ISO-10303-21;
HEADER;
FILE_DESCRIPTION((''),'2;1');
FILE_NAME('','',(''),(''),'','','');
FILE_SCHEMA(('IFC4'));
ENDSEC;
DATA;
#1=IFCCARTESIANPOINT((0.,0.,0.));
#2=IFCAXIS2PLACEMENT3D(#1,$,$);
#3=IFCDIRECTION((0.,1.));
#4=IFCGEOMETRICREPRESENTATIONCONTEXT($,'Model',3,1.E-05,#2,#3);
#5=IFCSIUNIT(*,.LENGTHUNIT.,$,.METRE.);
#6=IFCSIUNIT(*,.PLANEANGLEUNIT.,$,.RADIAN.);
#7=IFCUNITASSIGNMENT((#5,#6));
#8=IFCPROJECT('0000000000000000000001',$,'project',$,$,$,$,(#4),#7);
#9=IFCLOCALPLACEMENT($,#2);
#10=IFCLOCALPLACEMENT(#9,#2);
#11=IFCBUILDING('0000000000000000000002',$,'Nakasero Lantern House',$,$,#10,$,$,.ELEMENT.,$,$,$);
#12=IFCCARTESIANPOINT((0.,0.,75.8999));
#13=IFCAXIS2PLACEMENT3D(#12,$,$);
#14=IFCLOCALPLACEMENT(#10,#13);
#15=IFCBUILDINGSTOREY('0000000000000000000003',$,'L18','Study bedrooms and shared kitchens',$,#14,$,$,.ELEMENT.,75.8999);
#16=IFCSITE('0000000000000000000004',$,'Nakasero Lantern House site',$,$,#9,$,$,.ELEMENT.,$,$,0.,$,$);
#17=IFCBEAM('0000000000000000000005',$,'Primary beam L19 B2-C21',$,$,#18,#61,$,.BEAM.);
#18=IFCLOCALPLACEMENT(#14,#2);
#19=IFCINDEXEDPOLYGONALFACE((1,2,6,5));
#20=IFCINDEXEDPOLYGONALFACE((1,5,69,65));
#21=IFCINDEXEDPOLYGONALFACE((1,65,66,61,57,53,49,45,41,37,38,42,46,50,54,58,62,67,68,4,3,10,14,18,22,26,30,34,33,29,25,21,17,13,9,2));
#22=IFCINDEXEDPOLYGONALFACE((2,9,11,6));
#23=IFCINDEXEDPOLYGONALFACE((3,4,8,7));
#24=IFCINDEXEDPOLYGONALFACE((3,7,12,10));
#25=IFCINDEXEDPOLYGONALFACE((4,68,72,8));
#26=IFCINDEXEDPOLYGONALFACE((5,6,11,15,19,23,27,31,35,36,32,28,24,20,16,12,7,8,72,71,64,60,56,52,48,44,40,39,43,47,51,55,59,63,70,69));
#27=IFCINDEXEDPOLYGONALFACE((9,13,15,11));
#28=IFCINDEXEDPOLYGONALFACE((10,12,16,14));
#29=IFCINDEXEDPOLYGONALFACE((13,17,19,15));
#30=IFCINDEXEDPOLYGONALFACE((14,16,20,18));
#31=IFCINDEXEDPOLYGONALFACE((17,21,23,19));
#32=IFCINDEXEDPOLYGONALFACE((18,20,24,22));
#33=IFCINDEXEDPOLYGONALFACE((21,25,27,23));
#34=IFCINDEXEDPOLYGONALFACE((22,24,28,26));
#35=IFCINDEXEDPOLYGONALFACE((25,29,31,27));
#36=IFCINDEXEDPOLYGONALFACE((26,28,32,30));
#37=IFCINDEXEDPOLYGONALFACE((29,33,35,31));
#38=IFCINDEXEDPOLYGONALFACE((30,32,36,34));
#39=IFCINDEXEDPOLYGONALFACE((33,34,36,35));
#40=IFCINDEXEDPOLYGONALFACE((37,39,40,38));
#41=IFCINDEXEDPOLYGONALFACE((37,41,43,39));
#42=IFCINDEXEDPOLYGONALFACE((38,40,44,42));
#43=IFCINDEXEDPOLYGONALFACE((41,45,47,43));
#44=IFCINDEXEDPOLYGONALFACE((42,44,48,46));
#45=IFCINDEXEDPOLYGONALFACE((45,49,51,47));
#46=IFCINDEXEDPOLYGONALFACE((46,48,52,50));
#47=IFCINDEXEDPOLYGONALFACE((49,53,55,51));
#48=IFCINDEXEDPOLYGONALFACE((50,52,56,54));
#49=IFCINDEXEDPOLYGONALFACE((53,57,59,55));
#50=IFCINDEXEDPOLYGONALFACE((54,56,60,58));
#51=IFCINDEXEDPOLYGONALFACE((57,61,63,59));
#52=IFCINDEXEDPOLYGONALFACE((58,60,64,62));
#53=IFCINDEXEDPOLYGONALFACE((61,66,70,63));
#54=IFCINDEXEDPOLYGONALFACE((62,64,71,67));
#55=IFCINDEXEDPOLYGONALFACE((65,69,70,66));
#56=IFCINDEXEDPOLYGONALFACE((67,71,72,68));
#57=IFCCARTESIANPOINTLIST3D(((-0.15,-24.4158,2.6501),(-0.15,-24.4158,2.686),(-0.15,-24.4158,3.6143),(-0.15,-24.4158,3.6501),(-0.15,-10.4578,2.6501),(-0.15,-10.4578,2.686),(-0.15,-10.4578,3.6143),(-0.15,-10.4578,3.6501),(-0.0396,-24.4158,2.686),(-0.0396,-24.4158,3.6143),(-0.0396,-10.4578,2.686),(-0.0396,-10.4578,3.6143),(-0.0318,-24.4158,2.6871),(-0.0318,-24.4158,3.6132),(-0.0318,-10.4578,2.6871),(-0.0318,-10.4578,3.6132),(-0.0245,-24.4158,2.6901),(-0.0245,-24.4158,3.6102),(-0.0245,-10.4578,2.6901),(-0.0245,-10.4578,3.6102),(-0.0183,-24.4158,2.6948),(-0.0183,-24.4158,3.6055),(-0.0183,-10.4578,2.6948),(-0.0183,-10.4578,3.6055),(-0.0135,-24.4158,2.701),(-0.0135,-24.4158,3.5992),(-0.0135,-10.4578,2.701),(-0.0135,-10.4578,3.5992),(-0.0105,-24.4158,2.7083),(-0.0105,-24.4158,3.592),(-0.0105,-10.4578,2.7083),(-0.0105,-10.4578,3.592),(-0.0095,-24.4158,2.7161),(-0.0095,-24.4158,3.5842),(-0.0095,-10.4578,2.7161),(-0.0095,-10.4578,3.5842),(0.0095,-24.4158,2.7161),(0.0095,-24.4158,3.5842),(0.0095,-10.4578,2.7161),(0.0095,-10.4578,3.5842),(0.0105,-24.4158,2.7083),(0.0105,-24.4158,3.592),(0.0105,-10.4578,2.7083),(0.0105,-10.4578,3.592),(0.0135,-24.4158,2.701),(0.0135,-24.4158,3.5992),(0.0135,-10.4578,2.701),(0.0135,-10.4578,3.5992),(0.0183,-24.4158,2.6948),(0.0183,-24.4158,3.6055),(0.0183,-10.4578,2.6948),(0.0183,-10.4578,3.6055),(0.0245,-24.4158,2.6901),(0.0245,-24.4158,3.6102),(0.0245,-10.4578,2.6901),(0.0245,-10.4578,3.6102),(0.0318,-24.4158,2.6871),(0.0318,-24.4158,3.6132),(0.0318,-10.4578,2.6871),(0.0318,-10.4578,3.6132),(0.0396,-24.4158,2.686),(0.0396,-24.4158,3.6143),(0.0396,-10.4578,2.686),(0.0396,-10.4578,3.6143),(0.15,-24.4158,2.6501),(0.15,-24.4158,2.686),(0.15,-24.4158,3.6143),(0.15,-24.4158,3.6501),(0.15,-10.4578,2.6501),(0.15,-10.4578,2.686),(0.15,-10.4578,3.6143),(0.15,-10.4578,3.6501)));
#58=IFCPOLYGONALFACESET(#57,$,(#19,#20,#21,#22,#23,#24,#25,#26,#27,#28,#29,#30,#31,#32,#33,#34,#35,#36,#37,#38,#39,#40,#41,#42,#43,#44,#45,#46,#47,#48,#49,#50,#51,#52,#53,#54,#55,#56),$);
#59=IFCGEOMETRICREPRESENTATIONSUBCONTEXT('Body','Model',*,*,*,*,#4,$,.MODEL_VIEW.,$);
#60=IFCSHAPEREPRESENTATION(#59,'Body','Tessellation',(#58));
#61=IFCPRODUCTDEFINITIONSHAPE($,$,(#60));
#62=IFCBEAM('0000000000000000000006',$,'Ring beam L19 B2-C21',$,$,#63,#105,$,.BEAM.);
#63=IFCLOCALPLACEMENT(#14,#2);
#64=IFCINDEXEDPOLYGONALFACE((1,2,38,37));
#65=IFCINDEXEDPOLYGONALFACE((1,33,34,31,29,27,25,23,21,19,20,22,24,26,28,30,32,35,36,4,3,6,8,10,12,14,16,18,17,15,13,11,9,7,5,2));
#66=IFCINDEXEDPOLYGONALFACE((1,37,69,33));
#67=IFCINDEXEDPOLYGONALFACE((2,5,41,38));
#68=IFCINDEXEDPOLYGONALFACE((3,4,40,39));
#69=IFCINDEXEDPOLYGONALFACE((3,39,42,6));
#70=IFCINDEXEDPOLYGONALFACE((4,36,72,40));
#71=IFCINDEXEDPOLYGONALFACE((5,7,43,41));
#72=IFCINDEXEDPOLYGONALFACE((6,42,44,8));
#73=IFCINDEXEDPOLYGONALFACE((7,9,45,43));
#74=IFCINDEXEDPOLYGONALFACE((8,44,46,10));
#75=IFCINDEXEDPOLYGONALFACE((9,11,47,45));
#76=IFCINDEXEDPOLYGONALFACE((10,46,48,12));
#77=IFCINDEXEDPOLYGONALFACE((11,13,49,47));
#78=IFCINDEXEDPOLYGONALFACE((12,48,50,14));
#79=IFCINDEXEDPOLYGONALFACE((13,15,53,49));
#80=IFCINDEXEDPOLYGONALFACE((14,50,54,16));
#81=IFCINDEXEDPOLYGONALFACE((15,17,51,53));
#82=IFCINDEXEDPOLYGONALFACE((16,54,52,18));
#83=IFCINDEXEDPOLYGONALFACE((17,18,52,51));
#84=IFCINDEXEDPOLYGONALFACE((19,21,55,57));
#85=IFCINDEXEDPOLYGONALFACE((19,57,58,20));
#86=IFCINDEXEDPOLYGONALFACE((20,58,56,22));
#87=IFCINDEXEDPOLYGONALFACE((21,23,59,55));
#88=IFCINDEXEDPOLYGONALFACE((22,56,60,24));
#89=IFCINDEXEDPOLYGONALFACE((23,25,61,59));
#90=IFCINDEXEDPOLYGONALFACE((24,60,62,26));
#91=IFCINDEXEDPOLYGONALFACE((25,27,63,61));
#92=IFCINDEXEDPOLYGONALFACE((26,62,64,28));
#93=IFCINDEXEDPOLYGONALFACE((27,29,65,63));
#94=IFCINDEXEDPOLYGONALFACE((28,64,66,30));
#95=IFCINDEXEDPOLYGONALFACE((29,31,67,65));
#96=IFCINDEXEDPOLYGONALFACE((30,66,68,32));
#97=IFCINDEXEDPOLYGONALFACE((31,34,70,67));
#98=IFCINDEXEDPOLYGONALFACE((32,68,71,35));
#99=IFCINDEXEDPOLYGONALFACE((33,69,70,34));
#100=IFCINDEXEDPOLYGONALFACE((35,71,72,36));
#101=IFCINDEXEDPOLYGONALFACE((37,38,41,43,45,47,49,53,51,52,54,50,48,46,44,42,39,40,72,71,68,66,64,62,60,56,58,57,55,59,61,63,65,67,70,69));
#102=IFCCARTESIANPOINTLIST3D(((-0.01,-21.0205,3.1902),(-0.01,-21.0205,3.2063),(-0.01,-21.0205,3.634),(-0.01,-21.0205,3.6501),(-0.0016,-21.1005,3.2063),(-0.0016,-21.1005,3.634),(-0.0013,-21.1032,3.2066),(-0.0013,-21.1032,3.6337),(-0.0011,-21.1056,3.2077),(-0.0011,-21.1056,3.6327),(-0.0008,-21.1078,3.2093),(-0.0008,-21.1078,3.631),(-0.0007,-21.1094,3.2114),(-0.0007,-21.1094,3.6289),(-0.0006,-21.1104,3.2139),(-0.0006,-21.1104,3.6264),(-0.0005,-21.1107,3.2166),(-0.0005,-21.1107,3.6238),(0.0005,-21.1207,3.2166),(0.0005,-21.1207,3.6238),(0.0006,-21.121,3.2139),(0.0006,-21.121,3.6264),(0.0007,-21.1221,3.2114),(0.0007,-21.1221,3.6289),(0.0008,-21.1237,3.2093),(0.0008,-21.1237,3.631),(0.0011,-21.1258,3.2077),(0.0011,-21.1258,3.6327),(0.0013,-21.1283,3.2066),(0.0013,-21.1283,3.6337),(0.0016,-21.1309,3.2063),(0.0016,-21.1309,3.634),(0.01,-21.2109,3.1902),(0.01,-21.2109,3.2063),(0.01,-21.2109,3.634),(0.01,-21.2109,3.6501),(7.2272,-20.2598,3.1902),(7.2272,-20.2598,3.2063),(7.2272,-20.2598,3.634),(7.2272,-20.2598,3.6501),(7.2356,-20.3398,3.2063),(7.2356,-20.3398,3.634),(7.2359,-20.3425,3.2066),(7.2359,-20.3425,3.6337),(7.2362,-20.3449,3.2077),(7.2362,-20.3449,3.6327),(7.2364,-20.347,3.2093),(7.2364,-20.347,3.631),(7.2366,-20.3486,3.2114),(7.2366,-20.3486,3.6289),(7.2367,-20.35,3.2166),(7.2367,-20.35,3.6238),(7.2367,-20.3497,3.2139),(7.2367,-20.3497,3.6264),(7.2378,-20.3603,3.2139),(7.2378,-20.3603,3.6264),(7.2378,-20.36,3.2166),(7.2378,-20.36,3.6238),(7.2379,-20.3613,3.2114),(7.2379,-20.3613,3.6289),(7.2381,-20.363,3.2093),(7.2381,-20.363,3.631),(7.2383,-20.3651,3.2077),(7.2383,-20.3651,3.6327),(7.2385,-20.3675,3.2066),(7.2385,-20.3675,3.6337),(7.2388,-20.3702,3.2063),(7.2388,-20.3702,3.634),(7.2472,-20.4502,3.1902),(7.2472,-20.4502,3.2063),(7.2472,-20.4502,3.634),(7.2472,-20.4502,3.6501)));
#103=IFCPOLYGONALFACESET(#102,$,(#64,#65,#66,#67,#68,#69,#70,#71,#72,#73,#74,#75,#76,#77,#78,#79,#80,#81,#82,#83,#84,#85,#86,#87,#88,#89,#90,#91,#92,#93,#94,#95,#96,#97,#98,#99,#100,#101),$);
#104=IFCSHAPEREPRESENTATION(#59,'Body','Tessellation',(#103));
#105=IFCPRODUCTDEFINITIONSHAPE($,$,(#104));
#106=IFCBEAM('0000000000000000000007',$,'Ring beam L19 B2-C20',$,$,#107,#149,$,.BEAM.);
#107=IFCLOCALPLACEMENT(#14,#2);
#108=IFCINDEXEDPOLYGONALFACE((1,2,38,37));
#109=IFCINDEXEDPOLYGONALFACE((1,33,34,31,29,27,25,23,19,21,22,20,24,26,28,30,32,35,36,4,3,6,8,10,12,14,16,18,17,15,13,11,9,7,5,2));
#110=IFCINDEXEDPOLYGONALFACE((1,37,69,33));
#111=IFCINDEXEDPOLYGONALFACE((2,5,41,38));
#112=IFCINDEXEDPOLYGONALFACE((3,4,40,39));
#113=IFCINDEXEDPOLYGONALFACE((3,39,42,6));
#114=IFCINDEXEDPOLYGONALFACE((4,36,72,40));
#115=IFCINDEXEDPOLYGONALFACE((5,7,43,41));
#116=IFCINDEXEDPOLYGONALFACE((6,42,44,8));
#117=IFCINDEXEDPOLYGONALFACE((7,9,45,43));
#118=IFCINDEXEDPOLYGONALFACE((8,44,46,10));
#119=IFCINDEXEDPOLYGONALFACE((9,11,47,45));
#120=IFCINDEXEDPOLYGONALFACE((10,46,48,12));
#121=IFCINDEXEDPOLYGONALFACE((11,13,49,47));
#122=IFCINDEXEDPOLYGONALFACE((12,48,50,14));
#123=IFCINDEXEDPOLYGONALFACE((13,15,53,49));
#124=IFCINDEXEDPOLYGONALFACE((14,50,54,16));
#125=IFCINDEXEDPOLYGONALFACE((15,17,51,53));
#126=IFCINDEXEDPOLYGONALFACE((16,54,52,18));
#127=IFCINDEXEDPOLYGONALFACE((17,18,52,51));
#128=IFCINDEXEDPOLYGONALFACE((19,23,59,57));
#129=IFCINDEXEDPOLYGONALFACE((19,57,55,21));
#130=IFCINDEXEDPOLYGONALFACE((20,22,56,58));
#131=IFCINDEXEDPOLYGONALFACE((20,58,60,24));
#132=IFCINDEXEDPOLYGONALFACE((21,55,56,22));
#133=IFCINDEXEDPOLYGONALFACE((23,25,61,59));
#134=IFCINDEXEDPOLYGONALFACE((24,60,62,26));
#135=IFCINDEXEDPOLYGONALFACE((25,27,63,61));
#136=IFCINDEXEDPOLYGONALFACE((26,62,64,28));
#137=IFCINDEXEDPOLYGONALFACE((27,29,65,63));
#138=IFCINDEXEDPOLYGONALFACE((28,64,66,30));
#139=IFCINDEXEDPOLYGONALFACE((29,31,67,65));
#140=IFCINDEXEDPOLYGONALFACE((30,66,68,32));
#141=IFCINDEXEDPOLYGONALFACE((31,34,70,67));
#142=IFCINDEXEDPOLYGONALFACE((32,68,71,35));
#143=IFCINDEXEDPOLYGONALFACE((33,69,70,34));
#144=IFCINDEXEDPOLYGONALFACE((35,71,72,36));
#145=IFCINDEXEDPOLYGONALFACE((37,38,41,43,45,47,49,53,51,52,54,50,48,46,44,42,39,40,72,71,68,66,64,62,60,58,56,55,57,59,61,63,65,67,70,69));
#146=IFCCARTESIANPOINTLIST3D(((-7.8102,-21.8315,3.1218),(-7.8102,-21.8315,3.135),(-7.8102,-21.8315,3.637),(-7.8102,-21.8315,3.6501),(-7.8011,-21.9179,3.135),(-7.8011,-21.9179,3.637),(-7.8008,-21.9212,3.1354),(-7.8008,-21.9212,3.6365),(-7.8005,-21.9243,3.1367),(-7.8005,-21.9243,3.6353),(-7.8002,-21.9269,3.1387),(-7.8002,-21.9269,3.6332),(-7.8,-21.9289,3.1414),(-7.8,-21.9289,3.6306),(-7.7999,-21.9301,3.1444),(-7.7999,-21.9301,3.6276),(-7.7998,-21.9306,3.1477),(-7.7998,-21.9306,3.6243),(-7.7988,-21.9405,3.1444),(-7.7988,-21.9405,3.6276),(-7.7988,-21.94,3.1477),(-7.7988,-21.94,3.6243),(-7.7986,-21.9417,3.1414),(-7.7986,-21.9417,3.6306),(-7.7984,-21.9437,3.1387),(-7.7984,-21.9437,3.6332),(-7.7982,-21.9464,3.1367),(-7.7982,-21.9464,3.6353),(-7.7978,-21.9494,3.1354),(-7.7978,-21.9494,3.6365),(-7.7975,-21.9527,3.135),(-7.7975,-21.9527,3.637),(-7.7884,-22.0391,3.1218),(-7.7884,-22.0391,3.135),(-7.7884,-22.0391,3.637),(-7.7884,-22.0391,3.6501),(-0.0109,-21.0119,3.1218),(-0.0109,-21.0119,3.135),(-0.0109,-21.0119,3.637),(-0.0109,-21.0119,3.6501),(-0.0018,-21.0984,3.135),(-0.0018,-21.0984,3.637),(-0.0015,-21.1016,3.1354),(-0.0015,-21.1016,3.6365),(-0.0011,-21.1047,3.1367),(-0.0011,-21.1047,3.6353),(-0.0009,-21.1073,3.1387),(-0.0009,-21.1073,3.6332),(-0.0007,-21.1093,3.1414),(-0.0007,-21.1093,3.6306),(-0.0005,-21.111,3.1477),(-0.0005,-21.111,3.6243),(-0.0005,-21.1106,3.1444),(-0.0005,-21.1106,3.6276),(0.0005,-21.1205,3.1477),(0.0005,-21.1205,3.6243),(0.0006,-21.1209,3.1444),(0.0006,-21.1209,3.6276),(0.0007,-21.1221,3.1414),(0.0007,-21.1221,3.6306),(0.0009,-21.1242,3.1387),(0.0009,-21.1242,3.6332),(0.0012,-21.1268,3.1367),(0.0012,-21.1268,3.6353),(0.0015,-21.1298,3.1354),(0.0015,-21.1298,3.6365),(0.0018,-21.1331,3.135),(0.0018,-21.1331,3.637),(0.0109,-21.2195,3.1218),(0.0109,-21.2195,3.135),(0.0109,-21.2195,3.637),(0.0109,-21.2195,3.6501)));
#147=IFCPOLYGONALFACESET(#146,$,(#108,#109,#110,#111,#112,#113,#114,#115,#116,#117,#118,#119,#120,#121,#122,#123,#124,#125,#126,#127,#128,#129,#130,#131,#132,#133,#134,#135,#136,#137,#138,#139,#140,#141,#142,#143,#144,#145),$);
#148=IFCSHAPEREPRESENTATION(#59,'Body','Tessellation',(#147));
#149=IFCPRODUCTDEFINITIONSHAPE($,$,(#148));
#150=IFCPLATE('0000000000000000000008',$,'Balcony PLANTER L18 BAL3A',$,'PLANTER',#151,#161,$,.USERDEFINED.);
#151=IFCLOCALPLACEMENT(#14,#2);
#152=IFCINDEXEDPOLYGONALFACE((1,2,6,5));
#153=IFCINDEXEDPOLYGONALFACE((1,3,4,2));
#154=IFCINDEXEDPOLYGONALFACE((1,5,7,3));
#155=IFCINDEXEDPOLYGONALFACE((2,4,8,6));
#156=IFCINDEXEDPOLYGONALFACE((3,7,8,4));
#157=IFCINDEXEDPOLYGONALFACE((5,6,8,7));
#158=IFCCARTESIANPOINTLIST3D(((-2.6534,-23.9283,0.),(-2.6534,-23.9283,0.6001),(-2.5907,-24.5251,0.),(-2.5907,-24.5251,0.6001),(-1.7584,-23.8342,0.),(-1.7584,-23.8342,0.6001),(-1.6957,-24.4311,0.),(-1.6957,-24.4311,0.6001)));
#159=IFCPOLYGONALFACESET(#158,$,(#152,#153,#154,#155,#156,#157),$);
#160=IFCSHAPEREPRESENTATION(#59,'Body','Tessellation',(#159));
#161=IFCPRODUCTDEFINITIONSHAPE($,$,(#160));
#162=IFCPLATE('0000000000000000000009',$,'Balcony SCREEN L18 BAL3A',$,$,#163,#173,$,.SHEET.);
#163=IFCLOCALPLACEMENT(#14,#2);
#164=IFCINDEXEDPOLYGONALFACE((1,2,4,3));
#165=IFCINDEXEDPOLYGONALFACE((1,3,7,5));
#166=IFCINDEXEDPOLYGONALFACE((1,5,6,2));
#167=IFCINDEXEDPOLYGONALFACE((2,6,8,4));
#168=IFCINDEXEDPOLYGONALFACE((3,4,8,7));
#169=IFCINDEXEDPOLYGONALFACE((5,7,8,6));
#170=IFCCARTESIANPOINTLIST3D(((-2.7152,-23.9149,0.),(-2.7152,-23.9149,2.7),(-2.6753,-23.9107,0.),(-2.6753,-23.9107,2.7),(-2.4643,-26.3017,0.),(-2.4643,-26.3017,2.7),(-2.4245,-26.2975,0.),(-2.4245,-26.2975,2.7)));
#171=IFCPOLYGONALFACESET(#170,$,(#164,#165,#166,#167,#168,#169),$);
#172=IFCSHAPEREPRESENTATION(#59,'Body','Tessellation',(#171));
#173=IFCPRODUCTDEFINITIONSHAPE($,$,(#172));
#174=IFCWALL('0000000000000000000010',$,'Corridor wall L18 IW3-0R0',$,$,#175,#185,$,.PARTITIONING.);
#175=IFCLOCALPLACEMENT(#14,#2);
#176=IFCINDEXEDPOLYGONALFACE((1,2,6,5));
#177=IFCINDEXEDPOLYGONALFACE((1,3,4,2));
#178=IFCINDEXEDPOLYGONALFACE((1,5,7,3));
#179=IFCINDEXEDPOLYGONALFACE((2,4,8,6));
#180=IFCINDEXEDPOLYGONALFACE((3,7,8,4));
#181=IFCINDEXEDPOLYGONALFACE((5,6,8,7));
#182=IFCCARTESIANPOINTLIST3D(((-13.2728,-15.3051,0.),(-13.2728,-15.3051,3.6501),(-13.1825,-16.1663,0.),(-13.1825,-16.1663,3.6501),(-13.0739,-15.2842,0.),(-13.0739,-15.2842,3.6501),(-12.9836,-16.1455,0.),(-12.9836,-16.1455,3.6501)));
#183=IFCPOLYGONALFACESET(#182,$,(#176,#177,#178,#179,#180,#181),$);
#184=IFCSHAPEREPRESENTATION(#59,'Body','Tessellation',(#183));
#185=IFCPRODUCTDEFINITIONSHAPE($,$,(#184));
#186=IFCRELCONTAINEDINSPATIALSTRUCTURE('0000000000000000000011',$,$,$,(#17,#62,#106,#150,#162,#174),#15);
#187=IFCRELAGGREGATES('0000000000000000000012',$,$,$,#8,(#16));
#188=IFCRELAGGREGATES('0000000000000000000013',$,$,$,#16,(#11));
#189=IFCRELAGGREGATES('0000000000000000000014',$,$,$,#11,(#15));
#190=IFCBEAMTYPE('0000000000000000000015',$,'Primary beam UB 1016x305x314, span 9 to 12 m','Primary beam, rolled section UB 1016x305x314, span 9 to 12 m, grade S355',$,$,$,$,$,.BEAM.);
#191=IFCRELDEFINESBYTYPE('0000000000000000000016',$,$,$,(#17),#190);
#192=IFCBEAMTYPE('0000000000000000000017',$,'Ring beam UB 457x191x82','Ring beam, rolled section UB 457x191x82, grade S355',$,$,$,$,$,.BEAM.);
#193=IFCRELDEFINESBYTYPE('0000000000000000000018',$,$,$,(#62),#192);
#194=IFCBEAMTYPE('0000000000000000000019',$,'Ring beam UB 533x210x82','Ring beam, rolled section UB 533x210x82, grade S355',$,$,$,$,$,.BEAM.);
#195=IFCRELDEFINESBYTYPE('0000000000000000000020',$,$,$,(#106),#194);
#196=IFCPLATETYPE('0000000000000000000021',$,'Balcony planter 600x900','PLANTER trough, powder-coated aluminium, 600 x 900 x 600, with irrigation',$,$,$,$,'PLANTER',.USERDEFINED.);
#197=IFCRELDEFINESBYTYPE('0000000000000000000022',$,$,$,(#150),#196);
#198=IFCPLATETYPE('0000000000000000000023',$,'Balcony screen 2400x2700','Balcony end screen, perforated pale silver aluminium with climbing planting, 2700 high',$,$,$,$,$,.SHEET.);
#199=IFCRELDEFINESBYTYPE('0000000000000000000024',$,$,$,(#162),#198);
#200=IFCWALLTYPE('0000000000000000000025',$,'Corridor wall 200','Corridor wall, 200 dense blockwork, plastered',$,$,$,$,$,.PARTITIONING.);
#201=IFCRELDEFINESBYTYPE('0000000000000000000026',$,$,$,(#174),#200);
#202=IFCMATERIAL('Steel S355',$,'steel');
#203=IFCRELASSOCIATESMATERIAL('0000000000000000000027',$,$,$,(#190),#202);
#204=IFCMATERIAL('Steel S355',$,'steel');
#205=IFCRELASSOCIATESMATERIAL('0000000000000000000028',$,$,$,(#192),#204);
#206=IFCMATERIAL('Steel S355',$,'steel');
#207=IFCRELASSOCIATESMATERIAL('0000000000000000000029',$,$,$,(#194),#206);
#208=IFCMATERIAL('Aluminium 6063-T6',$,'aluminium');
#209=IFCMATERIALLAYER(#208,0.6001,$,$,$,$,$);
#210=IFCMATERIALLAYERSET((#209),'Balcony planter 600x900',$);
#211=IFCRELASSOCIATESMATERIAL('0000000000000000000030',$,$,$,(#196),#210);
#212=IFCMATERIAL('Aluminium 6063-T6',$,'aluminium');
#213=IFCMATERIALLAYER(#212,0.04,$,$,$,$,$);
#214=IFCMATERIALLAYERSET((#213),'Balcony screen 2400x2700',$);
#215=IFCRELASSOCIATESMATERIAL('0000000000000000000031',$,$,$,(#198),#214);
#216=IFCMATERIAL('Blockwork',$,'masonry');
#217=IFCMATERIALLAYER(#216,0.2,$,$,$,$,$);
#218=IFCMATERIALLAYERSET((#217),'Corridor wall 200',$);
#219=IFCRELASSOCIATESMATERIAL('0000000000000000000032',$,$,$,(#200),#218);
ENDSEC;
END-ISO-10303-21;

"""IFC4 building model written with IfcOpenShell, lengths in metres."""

from ifc_helpers import new_model, si_unit, direction, frame, frame_2d, origin, origin_2d, place, context, subcontext, project, spatial, rectangle, i_section, extrude, material, layer, layer_set, material_profile, profile_set, type_object, element, save


model = new_model("IFC4")

# Units and contexts
model_context = context("Model", 3, precision=1e-05, world=origin(), true_north=direction((0.0, 1.0)))
body_context = subcontext(model_context, "Body", "Model", "MODEL_VIEW")
ifc_project = project(units=[si_unit("LENGTHUNIT", "METRE"), si_unit("PLANEANGLEUNIT", "RADIAN")], contexts=[model_context])

# Site, building, storey
site_placement = place(None, origin())
site = spatial("IfcSite", under=ifc_project, at=site_placement, Name="Nakasero Lantern House site", CompositionType="ELEMENT", RefElevation=0.0)
building_placement = place(site_placement, origin())
building = spatial("IfcBuilding", under=site, at=building_placement, Name="Nakasero Lantern House", CompositionType="ELEMENT")
storey_placement = place(building_placement, frame((0.0, 0.0, 75.8999)))
storey = spatial("IfcBuildingStorey", under=building, at=storey_placement, Name="L18", Description="Study bedrooms and shared kitchens", CompositionType="ELEMENT", Elevation=75.8999)

# Beams
ifc_material_1 = material(Name="Steel S355", Category="steel")
ifc_material_profile_1 = material_profile(ifc_material_1, i_section(OverallWidth=0.3, OverallDepth=1.0, WebThickness=0.019, FlangeThickness=0.0359, FilletRadius=0.03, at=origin_2d()), Name="UB 1016x305x314")
ifc_profile_set_1 = profile_set([ifc_material_profile_1], Name="Steel S355")
beam_type_1 = type_object("IfcBeamType", Name="Primary beam UB 1016x305x314, span 9 to 12 m", Description="Primary beam, rolled section UB 1016x305x314, span 9 to 12 m, grade S355", PredefinedType="BEAM", material=ifc_profile_set_1)
beam_1_placement = place(storey_placement, frame((0.0, -24.4158, 3.1501), z_axis=(0.0, 1.0, 0.0), x_axis=(-1.0, 0.0, 0.0)))
element("IfcBeam", 1, at=beam_1_placement, inside=storey, type_object=beam_type_1, Name="Primary beam L19 B2-C21", PredefinedType="BEAM", context=body_context, shape_type="SweptSolid", body=[
    extrude(i_section(OverallWidth=0.3, OverallDepth=1.0, WebThickness=0.019, FlangeThickness=0.0359, FilletRadius=0.03, at=origin_2d()), origin(), (0.0, 0.0, 1.0), 13.958),
])
ifc_material_2 = material(Name="Steel S355", Category="steel")
ifc_material_profile_2 = material_profile(ifc_material_2, i_section(OverallWidth=0.1914, OverallDepth=0.46, WebThickness=0.01, FlangeThickness=0.0161, FilletRadius=0.0103, at=origin_2d()), Name="UB 457x191x82")
ifc_profile_set_2 = profile_set([ifc_material_profile_2], Name="Steel S355")
beam_type_2 = type_object("IfcBeamType", Name="Ring beam UB 457x191x82", Description="Ring beam, rolled section UB 457x191x82, grade S355", PredefinedType="BEAM", material=ifc_profile_set_2)
beam_2_placement = place(storey_placement, frame((0.0, -21.1157, 3.4202), z_axis=(0.994521, 0.104538, 0.0), x_axis=(-0.104538, 0.994521, 0.0)))
element("IfcBeam", 2, at=beam_2_placement, inside=storey, type_object=beam_type_2, Name="Ring beam L19 B2-C21", PredefinedType="BEAM", context=body_context, shape_type="SweptSolid", body=[
    extrude(i_section(OverallWidth=0.1914, OverallDepth=0.46, WebThickness=0.01, FlangeThickness=0.0161, FilletRadius=0.0103, at=origin_2d()), origin(), (0.0, 0.0, 1.0), 7.2771),
])
ifc_material_3 = material(Name="Steel S355", Category="steel")
ifc_material_profile_3 = material_profile(ifc_material_3, i_section(OverallWidth=0.2087, OverallDepth=0.5283, WebThickness=0.0095, FlangeThickness=0.0132, FilletRadius=0.0127, at=origin_2d()), Name="UB 533x210x82")
ifc_profile_set_3 = profile_set([ifc_material_profile_3], Name="Steel S355")
beam_type_3 = type_object("IfcBeamType", Name="Ring beam UB 533x210x82", Description="Ring beam, rolled section UB 533x210x82, grade S355", PredefinedType="BEAM", material=ifc_profile_set_3)
beam_3_placement = place(storey_placement, frame((-7.7993, -21.9353, 3.386), z_axis=(0.994524, 0.104508, 0.0), x_axis=(-0.104508, 0.994524, 0.0)))
element("IfcBeam", 3, at=beam_3_placement, inside=storey, type_object=beam_type_3, Name="Ring beam L19 B2-C20", PredefinedType="BEAM", context=body_context, shape_type="SweptSolid", body=[
    extrude(i_section(OverallWidth=0.2087, OverallDepth=0.5283, WebThickness=0.0095, FlangeThickness=0.0132, FilletRadius=0.0127, at=origin_2d()), origin(), (0.0, 0.0, 1.0), 7.8423),
])

# Plates
ifc_material_4 = material(Name="Aluminium 6063-T6", Category="aluminium")
ifc_layer_1 = layer(ifc_material_4, 0.6001)
ifc_layer_set_1 = layer_set([ifc_layer_1], Name="Balcony planter 600x900")
plate_type_1 = type_object("IfcPlateType", Name="Balcony planter 600x900", Description="PLANTER trough, powder-coated aluminium, 600 x 900 x 600, with irrigation", ElementType="PLANTER", PredefinedType="USERDEFINED", material=ifc_layer_set_1)
plate_1_placement = place(storey_placement, frame((-2.1746, -24.1797, 0.0), z_axis=(0.0, 0.0, 1.0), x_axis=(0.104528, -0.994522, 0.0)))
element("IfcPlate", 4, at=plate_1_placement, inside=storey, type_object=plate_type_1, Name="Balcony PLANTER L18 BAL3A", ObjectType="PLANTER", PredefinedType="USERDEFINED", context=body_context, shape_type="SweptSolid", body=[
    extrude(rectangle(XDim=0.6001, YDim=0.8999, at=origin_2d()), origin(), (0.0, 0.0, 1.0), 0.6001),
])
ifc_material_5 = material(Name="Aluminium 6063-T6", Category="aluminium")
ifc_layer_2 = layer(ifc_material_5, 0.04)
ifc_layer_set_2 = layer_set([ifc_layer_2], Name="Balcony screen 2400x2700")
plate_type_2 = type_object("IfcPlateType", Name="Balcony screen 2400x2700", Description="Balcony end screen, perforated pale silver aluminium with climbing planting, 2700 high", PredefinedType="SHEET", material=ifc_layer_set_2)
plate_2_placement = place(storey_placement, frame((-2.5698, -25.1062, 0.0), z_axis=(0.0, 0.0, 1.0), x_axis=(0.104528, -0.994522, 0.0)))
element("IfcPlate", 5, at=plate_2_placement, inside=storey, type_object=plate_type_2, Name="Balcony SCREEN L18 BAL3A", PredefinedType="SHEET", context=body_context, shape_type="SweptSolid", body=[
    extrude(rectangle(XDim=2.3999, YDim=0.04, at=origin_2d()), origin(), (0.0, 0.0, 1.0), 2.7),
])

# Wall
ifc_material_6 = material(Name="Blockwork", Category="masonry")
ifc_layer_3 = layer(ifc_material_6, 0.2)
ifc_layer_set_3 = layer_set([ifc_layer_3], Name="Corridor wall 200")
wall_type_1 = type_object("IfcWallType", Name="Corridor wall 200", Description="Corridor wall, 200 dense blockwork, plastered", PredefinedType="PARTITIONING", material=ifc_layer_set_3)
wall_1_placement = place(storey_placement, frame((-13.083, -16.156, 0.0), z_axis=(0.0, 0.0, 1.0), x_axis=(-0.104303, 0.994546, 0.0)))
element("IfcWall", 6, at=wall_1_placement, inside=storey, type_object=wall_type_1, Name="Corridor wall L18 IW3-0R0", PredefinedType="PARTITIONING", context=body_context, shape_type="SweptSolid", body=[
    extrude(rectangle(XDim=0.866, YDim=0.2, at=frame_2d((0.4331, 0.0))), origin(), (0.0, 0.0, 1.0), 3.6501),
])

save(model, "model.ifc")
